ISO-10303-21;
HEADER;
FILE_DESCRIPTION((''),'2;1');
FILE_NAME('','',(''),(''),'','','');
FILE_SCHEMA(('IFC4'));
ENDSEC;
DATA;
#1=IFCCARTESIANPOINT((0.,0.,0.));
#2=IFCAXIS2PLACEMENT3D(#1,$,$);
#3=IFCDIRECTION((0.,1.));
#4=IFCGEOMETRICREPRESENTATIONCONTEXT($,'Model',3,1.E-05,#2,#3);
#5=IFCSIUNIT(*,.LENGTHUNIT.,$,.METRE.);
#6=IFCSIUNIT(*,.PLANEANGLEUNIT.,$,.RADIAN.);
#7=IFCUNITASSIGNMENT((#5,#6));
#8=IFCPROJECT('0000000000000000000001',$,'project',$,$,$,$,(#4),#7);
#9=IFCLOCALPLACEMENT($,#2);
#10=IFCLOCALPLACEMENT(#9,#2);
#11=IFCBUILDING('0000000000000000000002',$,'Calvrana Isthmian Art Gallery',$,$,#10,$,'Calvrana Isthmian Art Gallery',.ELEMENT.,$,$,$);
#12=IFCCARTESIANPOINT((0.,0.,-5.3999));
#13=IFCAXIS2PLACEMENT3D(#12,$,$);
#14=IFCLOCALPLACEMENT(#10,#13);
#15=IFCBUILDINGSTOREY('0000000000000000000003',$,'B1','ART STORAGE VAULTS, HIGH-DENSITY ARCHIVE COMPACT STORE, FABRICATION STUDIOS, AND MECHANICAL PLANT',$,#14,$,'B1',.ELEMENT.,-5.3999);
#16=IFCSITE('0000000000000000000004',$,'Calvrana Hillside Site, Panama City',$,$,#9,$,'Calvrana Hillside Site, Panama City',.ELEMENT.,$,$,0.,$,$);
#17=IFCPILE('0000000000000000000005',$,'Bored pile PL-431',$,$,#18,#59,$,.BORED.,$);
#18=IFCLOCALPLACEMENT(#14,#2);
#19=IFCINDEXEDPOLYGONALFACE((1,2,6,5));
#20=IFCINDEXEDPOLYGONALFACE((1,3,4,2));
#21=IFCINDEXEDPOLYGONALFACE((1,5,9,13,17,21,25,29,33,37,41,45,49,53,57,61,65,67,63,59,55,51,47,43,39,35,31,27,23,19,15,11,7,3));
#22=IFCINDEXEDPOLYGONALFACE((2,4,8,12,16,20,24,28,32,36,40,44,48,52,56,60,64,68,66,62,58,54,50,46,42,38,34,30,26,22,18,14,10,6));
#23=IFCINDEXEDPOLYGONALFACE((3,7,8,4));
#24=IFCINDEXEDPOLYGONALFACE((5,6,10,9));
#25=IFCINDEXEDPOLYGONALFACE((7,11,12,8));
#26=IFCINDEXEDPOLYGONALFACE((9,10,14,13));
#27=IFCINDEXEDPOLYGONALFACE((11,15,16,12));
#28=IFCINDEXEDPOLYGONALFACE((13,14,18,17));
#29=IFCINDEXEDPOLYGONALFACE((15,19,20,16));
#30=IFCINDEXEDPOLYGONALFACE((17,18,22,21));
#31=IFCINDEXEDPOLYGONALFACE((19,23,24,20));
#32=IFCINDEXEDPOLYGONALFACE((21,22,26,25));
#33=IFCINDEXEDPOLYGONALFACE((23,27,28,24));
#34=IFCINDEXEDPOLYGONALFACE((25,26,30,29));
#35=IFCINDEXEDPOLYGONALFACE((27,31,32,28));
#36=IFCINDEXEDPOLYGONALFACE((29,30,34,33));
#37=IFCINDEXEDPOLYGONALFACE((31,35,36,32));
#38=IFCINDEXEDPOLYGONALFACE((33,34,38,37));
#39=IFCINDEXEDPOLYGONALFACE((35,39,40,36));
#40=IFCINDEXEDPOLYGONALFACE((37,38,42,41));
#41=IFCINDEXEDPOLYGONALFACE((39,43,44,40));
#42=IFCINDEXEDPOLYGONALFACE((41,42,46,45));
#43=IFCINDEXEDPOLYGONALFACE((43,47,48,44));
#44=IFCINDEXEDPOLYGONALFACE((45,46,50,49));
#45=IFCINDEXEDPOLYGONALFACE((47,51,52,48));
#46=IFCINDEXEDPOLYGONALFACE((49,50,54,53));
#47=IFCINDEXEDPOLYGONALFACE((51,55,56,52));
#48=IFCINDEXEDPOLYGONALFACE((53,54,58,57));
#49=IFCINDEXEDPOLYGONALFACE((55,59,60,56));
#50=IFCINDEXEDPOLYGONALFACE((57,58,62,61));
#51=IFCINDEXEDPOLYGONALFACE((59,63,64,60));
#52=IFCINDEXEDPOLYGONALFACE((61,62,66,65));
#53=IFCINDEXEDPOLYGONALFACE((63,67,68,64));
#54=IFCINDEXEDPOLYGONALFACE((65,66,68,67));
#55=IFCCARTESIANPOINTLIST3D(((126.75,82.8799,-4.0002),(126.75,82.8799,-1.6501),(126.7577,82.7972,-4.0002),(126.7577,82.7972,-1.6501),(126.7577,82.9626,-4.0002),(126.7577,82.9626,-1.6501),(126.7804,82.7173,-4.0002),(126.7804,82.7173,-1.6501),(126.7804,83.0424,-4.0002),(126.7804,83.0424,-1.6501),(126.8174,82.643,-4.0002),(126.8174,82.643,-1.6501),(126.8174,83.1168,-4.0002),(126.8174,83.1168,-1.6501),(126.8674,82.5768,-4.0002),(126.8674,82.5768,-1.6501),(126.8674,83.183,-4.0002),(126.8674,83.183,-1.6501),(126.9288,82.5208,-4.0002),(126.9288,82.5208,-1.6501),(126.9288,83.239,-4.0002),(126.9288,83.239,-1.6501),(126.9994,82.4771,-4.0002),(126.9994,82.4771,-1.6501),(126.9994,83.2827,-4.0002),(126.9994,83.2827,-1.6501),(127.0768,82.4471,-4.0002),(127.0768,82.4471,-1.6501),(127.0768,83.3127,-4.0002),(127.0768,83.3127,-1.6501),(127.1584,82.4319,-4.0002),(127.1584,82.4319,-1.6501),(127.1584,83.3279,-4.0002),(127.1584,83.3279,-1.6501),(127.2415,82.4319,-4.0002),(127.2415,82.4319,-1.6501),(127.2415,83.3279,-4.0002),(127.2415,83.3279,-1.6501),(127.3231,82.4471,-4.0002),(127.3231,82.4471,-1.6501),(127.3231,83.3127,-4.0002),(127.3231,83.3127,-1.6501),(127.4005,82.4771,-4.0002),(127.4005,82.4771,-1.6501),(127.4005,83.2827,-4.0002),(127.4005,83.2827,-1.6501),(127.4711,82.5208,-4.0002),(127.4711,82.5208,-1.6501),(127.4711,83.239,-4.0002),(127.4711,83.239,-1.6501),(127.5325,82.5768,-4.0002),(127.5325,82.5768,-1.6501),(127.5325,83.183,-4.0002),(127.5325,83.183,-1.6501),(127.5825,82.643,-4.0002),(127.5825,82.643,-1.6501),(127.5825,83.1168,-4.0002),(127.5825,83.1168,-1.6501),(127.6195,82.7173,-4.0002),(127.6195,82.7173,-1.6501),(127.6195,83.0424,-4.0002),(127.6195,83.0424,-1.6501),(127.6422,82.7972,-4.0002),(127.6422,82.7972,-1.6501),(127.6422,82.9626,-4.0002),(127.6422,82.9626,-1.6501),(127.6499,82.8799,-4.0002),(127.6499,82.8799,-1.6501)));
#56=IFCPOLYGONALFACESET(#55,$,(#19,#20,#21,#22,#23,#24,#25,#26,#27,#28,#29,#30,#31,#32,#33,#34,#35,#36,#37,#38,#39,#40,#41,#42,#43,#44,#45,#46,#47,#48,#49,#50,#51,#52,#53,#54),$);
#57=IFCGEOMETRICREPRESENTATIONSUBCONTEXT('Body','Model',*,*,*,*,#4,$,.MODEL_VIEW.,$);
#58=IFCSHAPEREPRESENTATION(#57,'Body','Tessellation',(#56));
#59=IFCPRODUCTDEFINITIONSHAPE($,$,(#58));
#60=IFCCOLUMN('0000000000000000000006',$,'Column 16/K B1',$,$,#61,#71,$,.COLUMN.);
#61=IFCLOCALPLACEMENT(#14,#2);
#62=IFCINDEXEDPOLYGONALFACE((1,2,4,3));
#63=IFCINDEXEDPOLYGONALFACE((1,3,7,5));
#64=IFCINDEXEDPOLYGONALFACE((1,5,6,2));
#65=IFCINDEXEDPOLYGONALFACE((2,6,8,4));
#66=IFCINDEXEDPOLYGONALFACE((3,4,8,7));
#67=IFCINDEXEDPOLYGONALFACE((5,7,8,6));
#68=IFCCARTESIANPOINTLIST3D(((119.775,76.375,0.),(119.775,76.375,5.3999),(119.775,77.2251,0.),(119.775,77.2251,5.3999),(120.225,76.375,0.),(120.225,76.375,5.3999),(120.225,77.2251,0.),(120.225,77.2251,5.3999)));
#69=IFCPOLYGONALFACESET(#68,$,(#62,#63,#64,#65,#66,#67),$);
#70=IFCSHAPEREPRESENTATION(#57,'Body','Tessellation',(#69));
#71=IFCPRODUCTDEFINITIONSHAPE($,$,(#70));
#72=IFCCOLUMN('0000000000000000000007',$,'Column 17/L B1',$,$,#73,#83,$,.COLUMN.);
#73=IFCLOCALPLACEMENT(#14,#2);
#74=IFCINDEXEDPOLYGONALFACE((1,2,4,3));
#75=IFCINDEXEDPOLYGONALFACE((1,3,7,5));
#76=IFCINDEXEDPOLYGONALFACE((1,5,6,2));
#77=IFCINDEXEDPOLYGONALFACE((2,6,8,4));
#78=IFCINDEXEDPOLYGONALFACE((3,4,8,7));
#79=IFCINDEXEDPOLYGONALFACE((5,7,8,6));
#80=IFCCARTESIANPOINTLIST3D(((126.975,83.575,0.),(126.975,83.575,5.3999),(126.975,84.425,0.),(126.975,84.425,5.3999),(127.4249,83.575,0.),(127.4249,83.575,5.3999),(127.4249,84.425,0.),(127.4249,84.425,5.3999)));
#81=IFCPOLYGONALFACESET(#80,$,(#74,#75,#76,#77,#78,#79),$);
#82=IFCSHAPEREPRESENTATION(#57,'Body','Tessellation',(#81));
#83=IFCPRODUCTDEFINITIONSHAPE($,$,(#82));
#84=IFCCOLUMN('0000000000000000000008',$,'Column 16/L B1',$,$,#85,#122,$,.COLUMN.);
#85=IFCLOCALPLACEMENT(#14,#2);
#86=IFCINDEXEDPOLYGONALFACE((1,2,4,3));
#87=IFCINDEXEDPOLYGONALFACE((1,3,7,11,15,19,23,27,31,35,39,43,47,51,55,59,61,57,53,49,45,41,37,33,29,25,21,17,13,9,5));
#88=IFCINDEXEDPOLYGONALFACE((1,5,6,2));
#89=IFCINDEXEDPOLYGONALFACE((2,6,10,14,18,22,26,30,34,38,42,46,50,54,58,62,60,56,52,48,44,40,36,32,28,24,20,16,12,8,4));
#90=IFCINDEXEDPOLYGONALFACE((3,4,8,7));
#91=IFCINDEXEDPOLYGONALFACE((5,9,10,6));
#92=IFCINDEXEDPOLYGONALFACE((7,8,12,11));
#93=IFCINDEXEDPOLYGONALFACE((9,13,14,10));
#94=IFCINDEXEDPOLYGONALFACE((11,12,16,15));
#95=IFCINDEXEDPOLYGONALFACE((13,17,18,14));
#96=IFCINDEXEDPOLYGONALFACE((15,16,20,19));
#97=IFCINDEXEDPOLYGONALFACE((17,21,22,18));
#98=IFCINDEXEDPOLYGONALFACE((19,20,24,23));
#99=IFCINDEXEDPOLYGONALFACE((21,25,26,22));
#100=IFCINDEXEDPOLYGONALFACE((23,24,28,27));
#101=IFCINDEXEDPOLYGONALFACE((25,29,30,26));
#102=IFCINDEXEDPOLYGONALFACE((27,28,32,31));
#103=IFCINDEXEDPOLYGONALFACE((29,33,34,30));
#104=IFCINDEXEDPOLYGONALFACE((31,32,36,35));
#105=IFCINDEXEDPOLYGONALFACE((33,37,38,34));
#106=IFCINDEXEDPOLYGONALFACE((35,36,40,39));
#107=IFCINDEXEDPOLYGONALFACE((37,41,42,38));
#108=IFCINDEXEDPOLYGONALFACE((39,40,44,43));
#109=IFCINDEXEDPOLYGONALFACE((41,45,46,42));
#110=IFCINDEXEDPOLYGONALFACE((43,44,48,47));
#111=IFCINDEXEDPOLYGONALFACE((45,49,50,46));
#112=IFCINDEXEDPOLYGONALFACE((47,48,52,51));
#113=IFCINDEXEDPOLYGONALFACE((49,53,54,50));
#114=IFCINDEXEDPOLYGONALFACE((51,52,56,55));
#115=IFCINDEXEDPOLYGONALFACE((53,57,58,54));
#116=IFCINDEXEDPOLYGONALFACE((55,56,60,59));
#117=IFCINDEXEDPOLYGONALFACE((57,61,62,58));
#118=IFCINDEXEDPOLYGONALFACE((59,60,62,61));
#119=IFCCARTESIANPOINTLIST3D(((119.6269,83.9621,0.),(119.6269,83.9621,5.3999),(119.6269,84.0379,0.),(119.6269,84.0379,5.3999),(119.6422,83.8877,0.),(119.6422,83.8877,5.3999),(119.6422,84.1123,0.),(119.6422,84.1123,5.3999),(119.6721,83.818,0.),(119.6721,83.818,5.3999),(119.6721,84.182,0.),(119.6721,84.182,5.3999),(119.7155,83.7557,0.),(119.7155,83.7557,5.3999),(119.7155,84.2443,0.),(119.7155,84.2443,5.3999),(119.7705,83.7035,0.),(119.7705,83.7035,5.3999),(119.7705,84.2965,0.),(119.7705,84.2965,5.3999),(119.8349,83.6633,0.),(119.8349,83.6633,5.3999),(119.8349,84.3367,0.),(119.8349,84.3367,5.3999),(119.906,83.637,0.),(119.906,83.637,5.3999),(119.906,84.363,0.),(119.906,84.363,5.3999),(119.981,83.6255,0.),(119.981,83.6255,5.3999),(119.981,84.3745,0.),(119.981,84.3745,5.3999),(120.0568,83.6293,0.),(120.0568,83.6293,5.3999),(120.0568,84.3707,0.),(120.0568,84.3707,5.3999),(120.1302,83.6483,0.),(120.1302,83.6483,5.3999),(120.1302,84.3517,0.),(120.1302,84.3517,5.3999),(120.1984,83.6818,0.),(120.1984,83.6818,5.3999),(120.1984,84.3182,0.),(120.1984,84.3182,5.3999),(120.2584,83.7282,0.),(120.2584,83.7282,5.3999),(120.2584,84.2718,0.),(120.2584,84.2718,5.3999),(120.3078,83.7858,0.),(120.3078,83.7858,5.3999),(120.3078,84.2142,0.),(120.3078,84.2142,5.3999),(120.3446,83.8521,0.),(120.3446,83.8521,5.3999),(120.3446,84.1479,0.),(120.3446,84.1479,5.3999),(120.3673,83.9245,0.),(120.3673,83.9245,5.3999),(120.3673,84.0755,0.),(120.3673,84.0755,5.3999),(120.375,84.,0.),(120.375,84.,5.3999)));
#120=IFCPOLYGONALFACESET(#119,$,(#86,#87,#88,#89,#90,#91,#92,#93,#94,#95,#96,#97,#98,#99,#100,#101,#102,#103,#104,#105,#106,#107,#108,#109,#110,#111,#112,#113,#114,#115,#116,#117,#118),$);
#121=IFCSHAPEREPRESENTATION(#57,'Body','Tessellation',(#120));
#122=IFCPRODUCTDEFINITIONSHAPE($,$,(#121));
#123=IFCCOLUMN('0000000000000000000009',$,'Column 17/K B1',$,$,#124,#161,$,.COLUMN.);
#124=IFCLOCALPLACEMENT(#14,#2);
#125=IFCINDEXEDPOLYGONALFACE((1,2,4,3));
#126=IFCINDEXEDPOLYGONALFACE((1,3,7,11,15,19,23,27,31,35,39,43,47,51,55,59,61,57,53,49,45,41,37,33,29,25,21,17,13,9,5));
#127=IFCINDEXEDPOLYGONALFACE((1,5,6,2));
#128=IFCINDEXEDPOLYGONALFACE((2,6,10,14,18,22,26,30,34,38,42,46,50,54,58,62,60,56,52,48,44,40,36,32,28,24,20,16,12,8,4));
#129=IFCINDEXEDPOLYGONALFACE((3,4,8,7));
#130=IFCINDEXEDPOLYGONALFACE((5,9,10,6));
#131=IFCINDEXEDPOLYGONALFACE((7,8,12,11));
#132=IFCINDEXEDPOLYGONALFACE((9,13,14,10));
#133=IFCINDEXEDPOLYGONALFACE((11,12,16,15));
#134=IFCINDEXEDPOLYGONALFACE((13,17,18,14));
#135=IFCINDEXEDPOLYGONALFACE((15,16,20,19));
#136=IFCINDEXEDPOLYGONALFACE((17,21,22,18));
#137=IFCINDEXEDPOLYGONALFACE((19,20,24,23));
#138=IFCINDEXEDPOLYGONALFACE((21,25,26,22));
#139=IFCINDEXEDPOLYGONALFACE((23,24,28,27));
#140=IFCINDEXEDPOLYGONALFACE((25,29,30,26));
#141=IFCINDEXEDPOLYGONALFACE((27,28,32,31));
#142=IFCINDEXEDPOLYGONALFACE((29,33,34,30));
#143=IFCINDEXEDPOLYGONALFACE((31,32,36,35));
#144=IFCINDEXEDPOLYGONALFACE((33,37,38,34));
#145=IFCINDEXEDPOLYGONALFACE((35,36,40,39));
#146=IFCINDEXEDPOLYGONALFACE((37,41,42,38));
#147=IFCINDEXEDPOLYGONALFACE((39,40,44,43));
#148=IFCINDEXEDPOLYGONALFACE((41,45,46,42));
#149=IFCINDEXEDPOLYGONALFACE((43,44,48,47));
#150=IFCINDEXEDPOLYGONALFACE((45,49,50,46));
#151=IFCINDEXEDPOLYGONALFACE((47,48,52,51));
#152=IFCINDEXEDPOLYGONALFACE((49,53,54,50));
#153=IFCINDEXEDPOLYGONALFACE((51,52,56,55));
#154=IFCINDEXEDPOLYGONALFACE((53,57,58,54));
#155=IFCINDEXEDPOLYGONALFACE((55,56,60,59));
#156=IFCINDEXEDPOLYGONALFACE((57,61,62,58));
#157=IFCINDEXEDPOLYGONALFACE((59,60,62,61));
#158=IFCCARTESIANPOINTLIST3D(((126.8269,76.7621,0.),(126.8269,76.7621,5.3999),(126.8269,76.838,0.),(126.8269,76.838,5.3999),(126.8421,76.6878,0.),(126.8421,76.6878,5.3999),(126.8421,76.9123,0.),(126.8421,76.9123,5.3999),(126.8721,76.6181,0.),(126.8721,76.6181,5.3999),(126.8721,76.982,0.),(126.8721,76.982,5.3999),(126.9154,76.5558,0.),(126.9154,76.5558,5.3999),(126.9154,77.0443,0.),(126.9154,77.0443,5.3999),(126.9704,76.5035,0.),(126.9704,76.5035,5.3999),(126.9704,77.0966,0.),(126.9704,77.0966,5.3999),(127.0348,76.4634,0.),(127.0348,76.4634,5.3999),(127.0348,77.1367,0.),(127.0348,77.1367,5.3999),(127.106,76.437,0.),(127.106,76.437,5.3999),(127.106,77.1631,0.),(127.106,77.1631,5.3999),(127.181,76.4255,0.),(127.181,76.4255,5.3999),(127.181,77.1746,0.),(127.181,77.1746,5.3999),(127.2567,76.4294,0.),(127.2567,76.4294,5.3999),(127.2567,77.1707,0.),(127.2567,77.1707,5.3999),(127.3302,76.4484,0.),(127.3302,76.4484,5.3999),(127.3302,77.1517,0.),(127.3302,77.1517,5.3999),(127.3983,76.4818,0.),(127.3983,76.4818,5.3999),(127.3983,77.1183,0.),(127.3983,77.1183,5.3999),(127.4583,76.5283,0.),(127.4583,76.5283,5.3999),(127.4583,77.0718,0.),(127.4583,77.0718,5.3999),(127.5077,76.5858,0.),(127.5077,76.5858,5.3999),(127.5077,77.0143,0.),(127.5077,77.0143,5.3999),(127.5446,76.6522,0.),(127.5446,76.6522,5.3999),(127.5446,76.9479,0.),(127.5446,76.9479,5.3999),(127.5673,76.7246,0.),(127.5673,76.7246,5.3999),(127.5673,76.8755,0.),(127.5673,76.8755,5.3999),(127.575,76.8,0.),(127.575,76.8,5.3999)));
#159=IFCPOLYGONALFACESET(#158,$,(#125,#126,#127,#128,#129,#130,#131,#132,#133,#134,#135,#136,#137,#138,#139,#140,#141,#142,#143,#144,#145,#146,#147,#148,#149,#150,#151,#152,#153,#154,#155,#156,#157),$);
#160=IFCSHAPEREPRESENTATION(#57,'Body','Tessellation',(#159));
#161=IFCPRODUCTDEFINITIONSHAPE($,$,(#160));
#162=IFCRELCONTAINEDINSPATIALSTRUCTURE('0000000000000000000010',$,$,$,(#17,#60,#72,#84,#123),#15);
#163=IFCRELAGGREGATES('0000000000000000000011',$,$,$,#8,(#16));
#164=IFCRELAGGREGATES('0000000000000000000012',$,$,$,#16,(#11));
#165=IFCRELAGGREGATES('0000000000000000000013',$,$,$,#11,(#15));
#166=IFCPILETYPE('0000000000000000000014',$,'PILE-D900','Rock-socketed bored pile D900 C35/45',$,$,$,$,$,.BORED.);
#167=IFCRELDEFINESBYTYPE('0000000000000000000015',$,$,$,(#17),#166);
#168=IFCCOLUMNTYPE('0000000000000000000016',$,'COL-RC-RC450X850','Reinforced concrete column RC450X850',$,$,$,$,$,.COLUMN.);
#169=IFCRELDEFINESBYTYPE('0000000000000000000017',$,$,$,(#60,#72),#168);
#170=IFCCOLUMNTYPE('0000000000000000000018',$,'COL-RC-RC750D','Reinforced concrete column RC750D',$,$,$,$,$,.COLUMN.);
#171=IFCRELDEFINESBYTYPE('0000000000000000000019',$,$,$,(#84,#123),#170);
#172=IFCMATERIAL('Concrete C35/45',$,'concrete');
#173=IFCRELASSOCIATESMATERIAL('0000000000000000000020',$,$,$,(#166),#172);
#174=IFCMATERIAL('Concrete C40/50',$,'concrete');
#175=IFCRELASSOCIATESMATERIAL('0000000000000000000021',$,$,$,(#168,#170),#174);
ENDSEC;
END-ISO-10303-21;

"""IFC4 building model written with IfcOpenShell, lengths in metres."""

from ifc_helpers import new_model, si_unit, direction, frame, origin, origin_2d, place, context, subcontext, project, spatial, rectangle, circle, extrude, material, material_profile, profile_set, type_object, element, save


model = new_model("IFC4")

# Units and contexts
model_context = context("Model", 3, precision=1e-05, world=origin(), true_north=direction((0.0, 1.0)))
body_context = subcontext(model_context, "Body", "Model", "MODEL_VIEW")
ifc_project = project(units=[si_unit("LENGTHUNIT", "METRE"), si_unit("PLANEANGLEUNIT", "RADIAN")], contexts=[model_context])

# Site, building, storey
site_placement = place(None, origin())
site = spatial("IfcSite", under=ifc_project, at=site_placement, Name="Calvrana Hillside Site, Panama City", LongName="Calvrana Hillside Site, Panama City", CompositionType="ELEMENT", RefElevation=0.0)
building_placement = place(site_placement, origin())
building = spatial("IfcBuilding", under=site, at=building_placement, Name="Calvrana Isthmian Art Gallery", LongName="Calvrana Isthmian Art Gallery", CompositionType="ELEMENT")
storey_placement = place(building_placement, frame((0.0, 0.0, -5.3999)))
storey = spatial("IfcBuildingStorey", under=building, at=storey_placement, Name="B1", Description="ART STORAGE VAULTS, HIGH-DENSITY ARCHIVE COMPACT STORE, FABRICATION STUDIOS, AND MECHANICAL PLANT", LongName="B1", CompositionType="ELEMENT", Elevation=-5.3999)

# Shared definitions
ifc_material_1 = material(Name="Concrete C35/45", Category="concrete")

# Pile
ifc_material_profile_1 = material_profile(ifc_material_1, circle(Radius=0.45, at=origin_2d()), Name="PILE900D")
ifc_profile_set_1 = profile_set([ifc_material_profile_1], Name="Concrete C35/45")
pile_type_1 = type_object("IfcPileType", Name="PILE-D900", Description="Rock-socketed bored pile D900 C35/45", PredefinedType="BORED", material=ifc_profile_set_1)
for number, where, z_axis, x_axis, name in (
    (1, (127.2, 82.8799, -1.6501), (0.0, 0.0, -1.0), (1.0, 0.0, 0.0), "Bored pile PL-431"),
):
    element("IfcPile", number, at=place(storey_placement, frame(where, z_axis=z_axis, x_axis=x_axis)), inside=storey, type_object=pile_type_1, Name=name, PredefinedType="BORED", context=body_context, shape_type="SweptSolid", body=[
        extrude(circle(Radius=0.45, at=origin_2d()), origin(), (0.0, 0.0, 1.0), 2.3501),
    ])

# Columns
ifc_material_2 = material(Name="Concrete C40/50", Category="concrete")
ifc_material_profile_2 = material_profile(ifc_material_2, rectangle(XDim=0.45, YDim=0.8501, at=origin_2d()), Name="RC450X850")
ifc_profile_set_2 = profile_set([ifc_material_profile_2], Name="Concrete C40/50")
column_type_1 = type_object("IfcColumnType", Name="COL-RC-RC450X850", Description="Reinforced concrete column RC450X850", PredefinedType="COLUMN", material=ifc_profile_set_2)
for number, where, z_axis, x_axis, name in (
    (2, (120.0, 76.8, 0.0), (0.0, 0.0, 1.0), (1.0, 0.0, 0.0), "Column 16/K B1"),
    (3, (127.2, 84.0, 0.0), (0.0, 0.0, 1.0), (1.0, 0.0, 0.0), "Column 17/L B1"),
):
    element("IfcColumn", number, at=place(storey_placement, frame(where, z_axis=z_axis, x_axis=x_axis)), inside=storey, type_object=column_type_1, Name=name, PredefinedType="COLUMN", context=body_context, shape_type="SweptSolid", body=[
        extrude(rectangle(XDim=0.45, YDim=0.8501, at=origin_2d()), origin(), (0.0, 0.0, 1.0), 5.3999),
    ])
ifc_material_profile_3 = material_profile(ifc_material_2, circle(Radius=0.375, at=origin_2d()), Name="RC750D")
ifc_profile_set_3 = profile_set([ifc_material_profile_3], Name="Concrete C40/50")
column_type_2 = type_object("IfcColumnType", Name="COL-RC-RC750D", Description="Reinforced concrete column RC750D", PredefinedType="COLUMN", material=ifc_profile_set_3)
for number, where, z_axis, x_axis, name in (
    (4, (120.0, 84.0, 0.0), (0.0, 0.0, 1.0), (1.0, 0.0, 0.0), "Column 16/L B1"),
    (5, (127.2, 76.8, 0.0), (0.0, 0.0, 1.0), (1.0, 0.0, 0.0), "Column 17/K B1"),
):
    element("IfcColumn", number, at=place(storey_placement, frame(where, z_axis=z_axis, x_axis=x_axis)), inside=storey, type_object=column_type_2, Name=name, PredefinedType="COLUMN", context=body_context, shape_type="SweptSolid", body=[
        extrude(circle(Radius=0.375, at=origin_2d()), origin(), (0.0, 0.0, 1.0), 5.3999),
    ])

save(model, "model.ifc")
